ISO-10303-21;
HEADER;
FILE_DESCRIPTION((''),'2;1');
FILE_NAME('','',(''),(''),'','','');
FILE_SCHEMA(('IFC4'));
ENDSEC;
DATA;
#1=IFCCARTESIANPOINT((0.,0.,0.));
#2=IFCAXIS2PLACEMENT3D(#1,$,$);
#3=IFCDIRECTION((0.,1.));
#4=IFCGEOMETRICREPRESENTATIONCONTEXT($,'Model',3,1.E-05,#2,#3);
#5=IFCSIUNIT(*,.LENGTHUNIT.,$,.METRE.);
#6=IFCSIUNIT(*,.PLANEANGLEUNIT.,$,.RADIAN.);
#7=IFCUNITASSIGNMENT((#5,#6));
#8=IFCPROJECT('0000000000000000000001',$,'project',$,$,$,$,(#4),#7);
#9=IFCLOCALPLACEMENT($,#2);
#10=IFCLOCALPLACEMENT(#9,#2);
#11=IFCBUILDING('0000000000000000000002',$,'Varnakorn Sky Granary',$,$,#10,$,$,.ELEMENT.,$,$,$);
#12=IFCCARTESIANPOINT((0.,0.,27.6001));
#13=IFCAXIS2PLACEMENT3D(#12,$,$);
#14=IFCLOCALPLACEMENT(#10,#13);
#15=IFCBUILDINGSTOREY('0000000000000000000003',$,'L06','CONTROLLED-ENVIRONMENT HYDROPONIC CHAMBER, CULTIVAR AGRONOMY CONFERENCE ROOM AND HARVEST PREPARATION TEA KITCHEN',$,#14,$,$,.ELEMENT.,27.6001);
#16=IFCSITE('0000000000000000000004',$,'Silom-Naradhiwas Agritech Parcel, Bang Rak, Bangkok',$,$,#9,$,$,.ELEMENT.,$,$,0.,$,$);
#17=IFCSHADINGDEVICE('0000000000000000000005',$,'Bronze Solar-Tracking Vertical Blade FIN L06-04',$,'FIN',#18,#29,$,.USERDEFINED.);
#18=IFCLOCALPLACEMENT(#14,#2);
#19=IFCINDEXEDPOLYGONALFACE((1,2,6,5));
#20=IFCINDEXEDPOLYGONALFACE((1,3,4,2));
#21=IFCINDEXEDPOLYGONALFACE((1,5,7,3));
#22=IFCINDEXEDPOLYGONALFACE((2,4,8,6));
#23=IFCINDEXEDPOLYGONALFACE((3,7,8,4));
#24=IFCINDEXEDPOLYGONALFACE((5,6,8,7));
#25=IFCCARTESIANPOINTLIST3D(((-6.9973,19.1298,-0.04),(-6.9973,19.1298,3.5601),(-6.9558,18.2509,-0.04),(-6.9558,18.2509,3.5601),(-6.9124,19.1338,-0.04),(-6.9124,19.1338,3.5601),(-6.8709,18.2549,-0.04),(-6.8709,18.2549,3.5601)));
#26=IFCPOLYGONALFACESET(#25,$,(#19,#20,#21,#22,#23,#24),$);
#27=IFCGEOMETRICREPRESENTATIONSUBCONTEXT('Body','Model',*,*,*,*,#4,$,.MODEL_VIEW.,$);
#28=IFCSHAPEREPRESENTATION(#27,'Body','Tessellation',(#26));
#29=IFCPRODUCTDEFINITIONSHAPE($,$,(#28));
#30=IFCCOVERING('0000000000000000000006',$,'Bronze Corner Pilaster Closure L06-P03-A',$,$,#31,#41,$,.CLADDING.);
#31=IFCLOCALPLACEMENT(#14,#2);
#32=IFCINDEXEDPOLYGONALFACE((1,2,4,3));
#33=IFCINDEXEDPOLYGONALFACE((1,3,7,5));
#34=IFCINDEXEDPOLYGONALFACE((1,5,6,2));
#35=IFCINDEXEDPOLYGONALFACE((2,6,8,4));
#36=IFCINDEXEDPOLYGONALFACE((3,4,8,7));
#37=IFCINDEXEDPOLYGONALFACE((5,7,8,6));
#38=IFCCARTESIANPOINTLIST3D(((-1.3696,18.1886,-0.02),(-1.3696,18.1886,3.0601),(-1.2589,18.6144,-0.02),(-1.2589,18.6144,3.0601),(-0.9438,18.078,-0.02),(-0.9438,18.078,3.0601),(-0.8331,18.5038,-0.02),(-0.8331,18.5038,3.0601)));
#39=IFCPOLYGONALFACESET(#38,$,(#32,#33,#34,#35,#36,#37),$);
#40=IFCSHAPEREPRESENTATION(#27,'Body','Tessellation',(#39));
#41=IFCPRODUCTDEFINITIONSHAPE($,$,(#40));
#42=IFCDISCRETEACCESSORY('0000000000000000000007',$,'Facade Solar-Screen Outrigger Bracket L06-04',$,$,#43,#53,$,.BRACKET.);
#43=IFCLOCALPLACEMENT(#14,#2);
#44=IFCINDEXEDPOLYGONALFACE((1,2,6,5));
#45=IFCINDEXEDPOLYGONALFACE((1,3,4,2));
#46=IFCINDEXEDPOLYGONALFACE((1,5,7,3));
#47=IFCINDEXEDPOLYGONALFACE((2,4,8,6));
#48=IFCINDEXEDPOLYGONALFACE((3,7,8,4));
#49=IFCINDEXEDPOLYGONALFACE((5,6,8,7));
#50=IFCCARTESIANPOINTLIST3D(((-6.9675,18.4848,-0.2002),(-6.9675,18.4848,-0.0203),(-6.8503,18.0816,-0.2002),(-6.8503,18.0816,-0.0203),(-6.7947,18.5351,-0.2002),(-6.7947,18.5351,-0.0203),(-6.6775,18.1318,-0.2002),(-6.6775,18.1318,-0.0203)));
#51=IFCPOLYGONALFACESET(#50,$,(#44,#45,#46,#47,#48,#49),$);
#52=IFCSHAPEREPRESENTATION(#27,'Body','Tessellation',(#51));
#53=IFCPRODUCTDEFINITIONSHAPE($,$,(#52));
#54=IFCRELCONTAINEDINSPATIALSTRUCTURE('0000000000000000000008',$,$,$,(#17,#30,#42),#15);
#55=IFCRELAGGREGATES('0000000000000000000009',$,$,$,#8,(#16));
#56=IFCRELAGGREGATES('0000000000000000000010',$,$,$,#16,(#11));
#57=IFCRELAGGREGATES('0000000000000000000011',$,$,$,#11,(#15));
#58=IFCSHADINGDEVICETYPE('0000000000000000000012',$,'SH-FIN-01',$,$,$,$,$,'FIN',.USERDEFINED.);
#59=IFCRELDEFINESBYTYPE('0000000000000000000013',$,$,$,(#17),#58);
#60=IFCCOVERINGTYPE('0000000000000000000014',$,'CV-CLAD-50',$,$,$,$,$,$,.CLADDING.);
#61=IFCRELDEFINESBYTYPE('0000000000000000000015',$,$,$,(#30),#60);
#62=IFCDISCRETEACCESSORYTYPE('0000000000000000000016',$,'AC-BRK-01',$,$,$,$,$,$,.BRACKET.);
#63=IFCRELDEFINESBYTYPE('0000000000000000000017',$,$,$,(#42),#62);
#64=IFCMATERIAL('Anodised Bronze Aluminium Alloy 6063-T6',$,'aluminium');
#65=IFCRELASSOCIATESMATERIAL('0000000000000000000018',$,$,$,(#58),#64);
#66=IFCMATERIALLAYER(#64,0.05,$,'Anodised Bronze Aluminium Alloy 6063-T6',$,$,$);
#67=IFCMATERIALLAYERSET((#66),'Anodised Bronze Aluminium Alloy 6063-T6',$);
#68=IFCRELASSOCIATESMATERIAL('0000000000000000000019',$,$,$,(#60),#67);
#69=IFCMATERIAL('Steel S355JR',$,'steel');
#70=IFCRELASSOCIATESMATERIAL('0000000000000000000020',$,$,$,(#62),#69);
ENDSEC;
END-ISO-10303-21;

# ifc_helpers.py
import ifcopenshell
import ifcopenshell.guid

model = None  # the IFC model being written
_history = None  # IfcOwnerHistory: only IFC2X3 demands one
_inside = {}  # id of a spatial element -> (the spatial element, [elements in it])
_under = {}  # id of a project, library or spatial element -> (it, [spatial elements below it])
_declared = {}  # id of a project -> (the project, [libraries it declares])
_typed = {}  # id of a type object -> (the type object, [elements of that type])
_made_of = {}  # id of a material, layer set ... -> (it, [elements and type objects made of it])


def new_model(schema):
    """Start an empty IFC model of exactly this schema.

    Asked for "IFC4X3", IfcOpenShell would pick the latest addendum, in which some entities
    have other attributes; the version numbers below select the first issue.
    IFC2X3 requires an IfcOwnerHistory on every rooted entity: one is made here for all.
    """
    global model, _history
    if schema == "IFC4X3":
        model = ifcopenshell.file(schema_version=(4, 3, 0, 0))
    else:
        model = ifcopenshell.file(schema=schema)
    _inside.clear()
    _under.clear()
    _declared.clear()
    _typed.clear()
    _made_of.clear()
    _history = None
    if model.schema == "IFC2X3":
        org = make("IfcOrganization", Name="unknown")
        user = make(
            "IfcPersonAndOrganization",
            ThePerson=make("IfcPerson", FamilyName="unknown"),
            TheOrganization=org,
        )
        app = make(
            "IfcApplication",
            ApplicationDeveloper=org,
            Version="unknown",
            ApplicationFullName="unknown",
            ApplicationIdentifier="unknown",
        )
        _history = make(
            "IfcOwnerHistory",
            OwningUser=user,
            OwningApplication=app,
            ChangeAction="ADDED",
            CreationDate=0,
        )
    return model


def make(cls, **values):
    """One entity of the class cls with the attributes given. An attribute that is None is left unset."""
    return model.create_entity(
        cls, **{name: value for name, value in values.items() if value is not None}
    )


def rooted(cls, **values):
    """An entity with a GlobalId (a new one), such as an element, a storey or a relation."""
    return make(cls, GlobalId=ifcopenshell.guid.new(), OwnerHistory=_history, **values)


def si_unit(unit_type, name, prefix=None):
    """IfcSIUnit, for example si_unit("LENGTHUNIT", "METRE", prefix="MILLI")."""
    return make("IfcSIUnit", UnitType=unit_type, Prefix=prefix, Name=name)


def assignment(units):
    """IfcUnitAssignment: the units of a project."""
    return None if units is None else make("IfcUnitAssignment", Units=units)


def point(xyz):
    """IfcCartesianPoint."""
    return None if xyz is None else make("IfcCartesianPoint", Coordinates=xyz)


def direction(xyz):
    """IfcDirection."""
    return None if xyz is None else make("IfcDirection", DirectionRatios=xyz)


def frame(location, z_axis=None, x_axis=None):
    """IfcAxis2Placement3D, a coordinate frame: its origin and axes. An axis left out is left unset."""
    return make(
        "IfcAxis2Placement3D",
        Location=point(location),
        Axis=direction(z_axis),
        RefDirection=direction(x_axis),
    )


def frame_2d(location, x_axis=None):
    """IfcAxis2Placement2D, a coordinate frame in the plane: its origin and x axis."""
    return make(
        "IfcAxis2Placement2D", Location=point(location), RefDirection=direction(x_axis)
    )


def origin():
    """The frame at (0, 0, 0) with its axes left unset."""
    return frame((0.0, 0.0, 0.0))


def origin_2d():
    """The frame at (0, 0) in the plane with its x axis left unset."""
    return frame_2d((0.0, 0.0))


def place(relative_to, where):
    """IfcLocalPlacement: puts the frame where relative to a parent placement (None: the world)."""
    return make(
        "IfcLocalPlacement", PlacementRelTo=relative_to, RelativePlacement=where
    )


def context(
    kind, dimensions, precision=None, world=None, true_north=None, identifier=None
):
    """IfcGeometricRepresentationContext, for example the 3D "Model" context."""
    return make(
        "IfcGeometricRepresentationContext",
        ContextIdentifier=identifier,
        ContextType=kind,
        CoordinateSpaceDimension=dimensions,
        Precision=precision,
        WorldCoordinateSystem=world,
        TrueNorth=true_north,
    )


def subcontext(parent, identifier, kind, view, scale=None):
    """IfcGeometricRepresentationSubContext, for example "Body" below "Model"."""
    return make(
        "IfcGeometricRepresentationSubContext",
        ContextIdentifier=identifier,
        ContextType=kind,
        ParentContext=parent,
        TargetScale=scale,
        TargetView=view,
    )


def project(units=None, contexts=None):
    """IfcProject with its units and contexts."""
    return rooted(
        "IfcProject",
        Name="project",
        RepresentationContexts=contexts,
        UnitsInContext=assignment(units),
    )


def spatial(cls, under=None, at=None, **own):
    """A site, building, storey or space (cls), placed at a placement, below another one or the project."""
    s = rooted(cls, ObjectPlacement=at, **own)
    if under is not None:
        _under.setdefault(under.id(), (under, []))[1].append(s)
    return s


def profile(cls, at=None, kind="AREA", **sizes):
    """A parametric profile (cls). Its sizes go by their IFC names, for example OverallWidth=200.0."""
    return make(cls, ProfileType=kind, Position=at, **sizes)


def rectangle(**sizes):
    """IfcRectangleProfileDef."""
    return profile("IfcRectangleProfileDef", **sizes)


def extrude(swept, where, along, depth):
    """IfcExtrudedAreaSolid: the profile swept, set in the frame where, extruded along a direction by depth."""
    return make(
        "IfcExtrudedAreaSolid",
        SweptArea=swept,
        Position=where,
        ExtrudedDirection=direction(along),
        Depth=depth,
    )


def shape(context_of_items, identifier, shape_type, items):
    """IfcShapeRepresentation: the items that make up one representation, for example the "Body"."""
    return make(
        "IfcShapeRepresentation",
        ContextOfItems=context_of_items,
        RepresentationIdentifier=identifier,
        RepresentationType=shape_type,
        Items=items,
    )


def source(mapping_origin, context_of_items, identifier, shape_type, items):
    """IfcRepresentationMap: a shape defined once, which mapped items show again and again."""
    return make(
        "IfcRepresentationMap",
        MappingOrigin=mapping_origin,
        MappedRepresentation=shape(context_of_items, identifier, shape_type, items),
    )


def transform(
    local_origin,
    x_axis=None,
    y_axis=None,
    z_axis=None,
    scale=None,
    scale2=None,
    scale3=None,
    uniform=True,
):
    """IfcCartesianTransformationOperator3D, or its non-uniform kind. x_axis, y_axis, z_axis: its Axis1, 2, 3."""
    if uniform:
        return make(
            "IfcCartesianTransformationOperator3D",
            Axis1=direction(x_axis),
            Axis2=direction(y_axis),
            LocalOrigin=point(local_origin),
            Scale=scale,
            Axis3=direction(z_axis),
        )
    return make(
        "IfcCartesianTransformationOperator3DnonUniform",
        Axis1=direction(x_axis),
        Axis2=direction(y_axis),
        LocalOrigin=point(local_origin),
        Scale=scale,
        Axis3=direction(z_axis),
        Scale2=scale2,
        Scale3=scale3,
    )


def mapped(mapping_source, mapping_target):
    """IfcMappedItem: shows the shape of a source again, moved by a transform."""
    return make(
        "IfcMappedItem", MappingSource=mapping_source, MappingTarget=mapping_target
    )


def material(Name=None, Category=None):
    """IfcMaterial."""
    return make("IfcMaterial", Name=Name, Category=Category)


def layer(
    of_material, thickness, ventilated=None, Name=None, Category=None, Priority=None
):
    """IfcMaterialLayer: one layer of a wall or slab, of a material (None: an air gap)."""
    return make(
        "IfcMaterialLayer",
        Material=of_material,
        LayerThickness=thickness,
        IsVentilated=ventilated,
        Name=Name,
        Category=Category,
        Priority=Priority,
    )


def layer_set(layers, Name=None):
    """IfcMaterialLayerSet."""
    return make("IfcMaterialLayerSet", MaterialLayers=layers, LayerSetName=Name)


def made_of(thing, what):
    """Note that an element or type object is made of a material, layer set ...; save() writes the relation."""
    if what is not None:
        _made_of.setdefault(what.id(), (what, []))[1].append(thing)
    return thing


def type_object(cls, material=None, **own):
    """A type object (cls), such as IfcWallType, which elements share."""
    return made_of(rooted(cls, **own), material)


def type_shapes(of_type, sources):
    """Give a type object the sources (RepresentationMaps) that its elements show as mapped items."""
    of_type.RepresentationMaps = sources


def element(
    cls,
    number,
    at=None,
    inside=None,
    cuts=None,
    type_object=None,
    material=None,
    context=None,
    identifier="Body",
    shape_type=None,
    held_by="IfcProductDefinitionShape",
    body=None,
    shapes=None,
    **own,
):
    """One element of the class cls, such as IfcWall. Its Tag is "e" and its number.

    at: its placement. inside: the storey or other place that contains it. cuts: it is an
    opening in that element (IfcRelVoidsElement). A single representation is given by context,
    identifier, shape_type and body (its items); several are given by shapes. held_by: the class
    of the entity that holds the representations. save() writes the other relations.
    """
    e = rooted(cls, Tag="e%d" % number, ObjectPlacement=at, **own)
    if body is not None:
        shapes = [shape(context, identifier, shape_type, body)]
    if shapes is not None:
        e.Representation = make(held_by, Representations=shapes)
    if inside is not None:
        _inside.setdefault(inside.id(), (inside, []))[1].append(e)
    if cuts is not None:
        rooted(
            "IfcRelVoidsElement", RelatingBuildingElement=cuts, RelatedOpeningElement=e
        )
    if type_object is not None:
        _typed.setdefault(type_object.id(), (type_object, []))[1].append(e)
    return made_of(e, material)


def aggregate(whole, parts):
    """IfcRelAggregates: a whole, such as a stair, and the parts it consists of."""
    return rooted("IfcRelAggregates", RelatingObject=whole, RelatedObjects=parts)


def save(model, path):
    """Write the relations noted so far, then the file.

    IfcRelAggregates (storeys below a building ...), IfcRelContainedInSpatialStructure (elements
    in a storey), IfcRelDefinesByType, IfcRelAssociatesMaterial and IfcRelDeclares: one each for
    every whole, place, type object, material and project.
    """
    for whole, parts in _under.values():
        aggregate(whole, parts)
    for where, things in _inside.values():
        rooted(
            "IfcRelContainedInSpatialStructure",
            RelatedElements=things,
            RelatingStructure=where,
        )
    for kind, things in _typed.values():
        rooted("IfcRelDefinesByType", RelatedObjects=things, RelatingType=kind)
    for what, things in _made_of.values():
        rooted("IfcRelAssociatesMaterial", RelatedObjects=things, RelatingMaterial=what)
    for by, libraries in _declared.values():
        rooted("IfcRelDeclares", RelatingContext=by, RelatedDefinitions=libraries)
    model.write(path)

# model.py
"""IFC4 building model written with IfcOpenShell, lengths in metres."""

from ifc_helpers import new_model, si_unit, direction, frame, origin, origin_2d, place, context, subcontext, project, spatial, rectangle, extrude, source, transform, mapped, material, layer, layer_set, type_object, type_shapes, element, save


model = new_model("IFC4")

# Units and contexts
model_context = context("Model", 3, precision=1e-05, world=origin(), true_north=direction((0.0, 1.0)))
body_context = subcontext(model_context, "Body", "Model", "MODEL_VIEW")
ifc_project = project(units=[si_unit("LENGTHUNIT", "METRE"), si_unit("PLANEANGLEUNIT", "RADIAN")], contexts=[model_context])

# Site, building, storey
site_placement = place(None, origin())
site = spatial("IfcSite", under=ifc_project, at=site_placement, Name="Silom-Naradhiwas Agritech Parcel, Bang Rak, Bangkok", CompositionType="ELEMENT", RefElevation=0.0)
building_placement = place(site_placement, origin())
building = spatial("IfcBuilding", under=site, at=building_placement, Name="Varnakorn Sky Granary", CompositionType="ELEMENT")
storey_placement = place(building_placement, frame((0.0, 0.0, 27.6001)))
storey = spatial("IfcBuildingStorey", under=building, at=storey_placement, Name="L06", Description="CONTROLLED-ENVIRONMENT HYDROPONIC CHAMBER, CULTIVAR AGRONOMY CONFERENCE ROOM AND HARVEST PREPARATION TEA KITCHEN", CompositionType="ELEMENT", Elevation=27.6001)

# Shared definitions
ifc_material_1 = material(Name="Steel S355JR", Category="steel")

# Shared definitions
ifc_material_2 = material(Name="Anodised Bronze Aluminium Alloy 6063-T6", Category="aluminium")

# Shading device
shading_device_type = type_object("IfcShadingDeviceType", Name="SH-FIN-01", ElementType="FIN", PredefinedType="USERDEFINED", material=ifc_material_2)
shared_shape_1 = source(origin(), body_context, "Body", "SweptSolid", [
    extrude(rectangle(XDim=0.085, YDim=0.8799, at=origin_2d()), origin(), (0.0, 0.0, 1.0), 3.6001),
])
type_shapes(shading_device_type, [shared_shape_1])
shading_device_placement = place(storey_placement, frame((-6.9341, 18.6924, -0.04), z_axis=(0.0, 0.0, 1.0), x_axis=(-0.998887, -0.047168, 0.0)))
element("IfcShadingDevice", 1, at=shading_device_placement, inside=storey, type_object=shading_device_type, Name="Bronze Solar-Tracking Vertical Blade FIN L06-04", ObjectType="FIN", PredefinedType="USERDEFINED", context=body_context, shape_type="MappedRepresentation", body=[
    mapped(shared_shape_1, transform((0.0, 0.0, 0.0), x_axis=(1.0, 0.0, 0.0), y_axis=(0.0, 1.0, 0.0), z_axis=(0.0, 0.0, 1.0), scale=1.0)),
])

# Covering
ifc_layer_1 = layer(ifc_material_2, 0.05, Name="Anodised Bronze Aluminium Alloy 6063-T6")
ifc_layer_set_1 = layer_set([ifc_layer_1], Name="Anodised Bronze Aluminium Alloy 6063-T6")
covering_type = type_object("IfcCoveringType", Name="CV-CLAD-50", PredefinedType="CLADDING", material=ifc_layer_set_1)
shared_shape_2 = source(origin(), body_context, "Body", "SweptSolid", [
    extrude(rectangle(XDim=0.4399, YDim=0.4399, at=origin_2d()), origin(), (0.0, 0.0, 1.0), 3.0801),
])
type_shapes(covering_type, [shared_shape_2])
covering_placement = place(storey_placement, frame((-1.1013, 18.3462, -0.02), z_axis=(0.0, 0.0, 1.0), x_axis=(0.967841, -0.251563, 0.0)))
element("IfcCovering", 2, at=covering_placement, inside=storey, type_object=covering_type, Name="Bronze Corner Pilaster Closure L06-P03-A", PredefinedType="CLADDING", context=body_context, shape_type="MappedRepresentation", body=[
    mapped(shared_shape_2, transform((0.0, 0.0, 0.0), x_axis=(1.0, 0.0, 0.0), y_axis=(0.0, 1.0, 0.0), z_axis=(0.0, 0.0, 1.0), scale=1.0)),
])

# Discrete accessory
discrete_accessory_type = type_object("IfcDiscreteAccessoryType", Name="AC-BRK-01", PredefinedType="BRACKET", material=ifc_material_1)
shared_shape_3 = source(origin(), body_context, "Body", "SweptSolid", [
    extrude(rectangle(XDim=0.1799, YDim=0.4199, at=origin_2d()), origin(), (0.0, 0.0, 1.0), 0.1799),
])
type_shapes(discrete_accessory_type, [shared_shape_3])
discrete_accessory_placement = place(storey_placement, frame((-6.8225, 18.3083, -0.2002), z_axis=(0.0, 0.0, 1.0), x_axis=(-0.960246, -0.279156, 0.0)))
element("IfcDiscreteAccessory", 3, at=discrete_accessory_placement, inside=storey, type_object=discrete_accessory_type, Name="Facade Solar-Screen Outrigger Bracket L06-04", PredefinedType="BRACKET", context=body_context, shape_type="MappedRepresentation", body=[
    mapped(shared_shape_3, transform((0.0, 0.0, 0.0), x_axis=(1.0, 0.0, 0.0), y_axis=(0.0, 1.0, 0.0), z_axis=(0.0, 0.0, 1.0), scale=1.0)),
])

save(model, "model.ifc")
